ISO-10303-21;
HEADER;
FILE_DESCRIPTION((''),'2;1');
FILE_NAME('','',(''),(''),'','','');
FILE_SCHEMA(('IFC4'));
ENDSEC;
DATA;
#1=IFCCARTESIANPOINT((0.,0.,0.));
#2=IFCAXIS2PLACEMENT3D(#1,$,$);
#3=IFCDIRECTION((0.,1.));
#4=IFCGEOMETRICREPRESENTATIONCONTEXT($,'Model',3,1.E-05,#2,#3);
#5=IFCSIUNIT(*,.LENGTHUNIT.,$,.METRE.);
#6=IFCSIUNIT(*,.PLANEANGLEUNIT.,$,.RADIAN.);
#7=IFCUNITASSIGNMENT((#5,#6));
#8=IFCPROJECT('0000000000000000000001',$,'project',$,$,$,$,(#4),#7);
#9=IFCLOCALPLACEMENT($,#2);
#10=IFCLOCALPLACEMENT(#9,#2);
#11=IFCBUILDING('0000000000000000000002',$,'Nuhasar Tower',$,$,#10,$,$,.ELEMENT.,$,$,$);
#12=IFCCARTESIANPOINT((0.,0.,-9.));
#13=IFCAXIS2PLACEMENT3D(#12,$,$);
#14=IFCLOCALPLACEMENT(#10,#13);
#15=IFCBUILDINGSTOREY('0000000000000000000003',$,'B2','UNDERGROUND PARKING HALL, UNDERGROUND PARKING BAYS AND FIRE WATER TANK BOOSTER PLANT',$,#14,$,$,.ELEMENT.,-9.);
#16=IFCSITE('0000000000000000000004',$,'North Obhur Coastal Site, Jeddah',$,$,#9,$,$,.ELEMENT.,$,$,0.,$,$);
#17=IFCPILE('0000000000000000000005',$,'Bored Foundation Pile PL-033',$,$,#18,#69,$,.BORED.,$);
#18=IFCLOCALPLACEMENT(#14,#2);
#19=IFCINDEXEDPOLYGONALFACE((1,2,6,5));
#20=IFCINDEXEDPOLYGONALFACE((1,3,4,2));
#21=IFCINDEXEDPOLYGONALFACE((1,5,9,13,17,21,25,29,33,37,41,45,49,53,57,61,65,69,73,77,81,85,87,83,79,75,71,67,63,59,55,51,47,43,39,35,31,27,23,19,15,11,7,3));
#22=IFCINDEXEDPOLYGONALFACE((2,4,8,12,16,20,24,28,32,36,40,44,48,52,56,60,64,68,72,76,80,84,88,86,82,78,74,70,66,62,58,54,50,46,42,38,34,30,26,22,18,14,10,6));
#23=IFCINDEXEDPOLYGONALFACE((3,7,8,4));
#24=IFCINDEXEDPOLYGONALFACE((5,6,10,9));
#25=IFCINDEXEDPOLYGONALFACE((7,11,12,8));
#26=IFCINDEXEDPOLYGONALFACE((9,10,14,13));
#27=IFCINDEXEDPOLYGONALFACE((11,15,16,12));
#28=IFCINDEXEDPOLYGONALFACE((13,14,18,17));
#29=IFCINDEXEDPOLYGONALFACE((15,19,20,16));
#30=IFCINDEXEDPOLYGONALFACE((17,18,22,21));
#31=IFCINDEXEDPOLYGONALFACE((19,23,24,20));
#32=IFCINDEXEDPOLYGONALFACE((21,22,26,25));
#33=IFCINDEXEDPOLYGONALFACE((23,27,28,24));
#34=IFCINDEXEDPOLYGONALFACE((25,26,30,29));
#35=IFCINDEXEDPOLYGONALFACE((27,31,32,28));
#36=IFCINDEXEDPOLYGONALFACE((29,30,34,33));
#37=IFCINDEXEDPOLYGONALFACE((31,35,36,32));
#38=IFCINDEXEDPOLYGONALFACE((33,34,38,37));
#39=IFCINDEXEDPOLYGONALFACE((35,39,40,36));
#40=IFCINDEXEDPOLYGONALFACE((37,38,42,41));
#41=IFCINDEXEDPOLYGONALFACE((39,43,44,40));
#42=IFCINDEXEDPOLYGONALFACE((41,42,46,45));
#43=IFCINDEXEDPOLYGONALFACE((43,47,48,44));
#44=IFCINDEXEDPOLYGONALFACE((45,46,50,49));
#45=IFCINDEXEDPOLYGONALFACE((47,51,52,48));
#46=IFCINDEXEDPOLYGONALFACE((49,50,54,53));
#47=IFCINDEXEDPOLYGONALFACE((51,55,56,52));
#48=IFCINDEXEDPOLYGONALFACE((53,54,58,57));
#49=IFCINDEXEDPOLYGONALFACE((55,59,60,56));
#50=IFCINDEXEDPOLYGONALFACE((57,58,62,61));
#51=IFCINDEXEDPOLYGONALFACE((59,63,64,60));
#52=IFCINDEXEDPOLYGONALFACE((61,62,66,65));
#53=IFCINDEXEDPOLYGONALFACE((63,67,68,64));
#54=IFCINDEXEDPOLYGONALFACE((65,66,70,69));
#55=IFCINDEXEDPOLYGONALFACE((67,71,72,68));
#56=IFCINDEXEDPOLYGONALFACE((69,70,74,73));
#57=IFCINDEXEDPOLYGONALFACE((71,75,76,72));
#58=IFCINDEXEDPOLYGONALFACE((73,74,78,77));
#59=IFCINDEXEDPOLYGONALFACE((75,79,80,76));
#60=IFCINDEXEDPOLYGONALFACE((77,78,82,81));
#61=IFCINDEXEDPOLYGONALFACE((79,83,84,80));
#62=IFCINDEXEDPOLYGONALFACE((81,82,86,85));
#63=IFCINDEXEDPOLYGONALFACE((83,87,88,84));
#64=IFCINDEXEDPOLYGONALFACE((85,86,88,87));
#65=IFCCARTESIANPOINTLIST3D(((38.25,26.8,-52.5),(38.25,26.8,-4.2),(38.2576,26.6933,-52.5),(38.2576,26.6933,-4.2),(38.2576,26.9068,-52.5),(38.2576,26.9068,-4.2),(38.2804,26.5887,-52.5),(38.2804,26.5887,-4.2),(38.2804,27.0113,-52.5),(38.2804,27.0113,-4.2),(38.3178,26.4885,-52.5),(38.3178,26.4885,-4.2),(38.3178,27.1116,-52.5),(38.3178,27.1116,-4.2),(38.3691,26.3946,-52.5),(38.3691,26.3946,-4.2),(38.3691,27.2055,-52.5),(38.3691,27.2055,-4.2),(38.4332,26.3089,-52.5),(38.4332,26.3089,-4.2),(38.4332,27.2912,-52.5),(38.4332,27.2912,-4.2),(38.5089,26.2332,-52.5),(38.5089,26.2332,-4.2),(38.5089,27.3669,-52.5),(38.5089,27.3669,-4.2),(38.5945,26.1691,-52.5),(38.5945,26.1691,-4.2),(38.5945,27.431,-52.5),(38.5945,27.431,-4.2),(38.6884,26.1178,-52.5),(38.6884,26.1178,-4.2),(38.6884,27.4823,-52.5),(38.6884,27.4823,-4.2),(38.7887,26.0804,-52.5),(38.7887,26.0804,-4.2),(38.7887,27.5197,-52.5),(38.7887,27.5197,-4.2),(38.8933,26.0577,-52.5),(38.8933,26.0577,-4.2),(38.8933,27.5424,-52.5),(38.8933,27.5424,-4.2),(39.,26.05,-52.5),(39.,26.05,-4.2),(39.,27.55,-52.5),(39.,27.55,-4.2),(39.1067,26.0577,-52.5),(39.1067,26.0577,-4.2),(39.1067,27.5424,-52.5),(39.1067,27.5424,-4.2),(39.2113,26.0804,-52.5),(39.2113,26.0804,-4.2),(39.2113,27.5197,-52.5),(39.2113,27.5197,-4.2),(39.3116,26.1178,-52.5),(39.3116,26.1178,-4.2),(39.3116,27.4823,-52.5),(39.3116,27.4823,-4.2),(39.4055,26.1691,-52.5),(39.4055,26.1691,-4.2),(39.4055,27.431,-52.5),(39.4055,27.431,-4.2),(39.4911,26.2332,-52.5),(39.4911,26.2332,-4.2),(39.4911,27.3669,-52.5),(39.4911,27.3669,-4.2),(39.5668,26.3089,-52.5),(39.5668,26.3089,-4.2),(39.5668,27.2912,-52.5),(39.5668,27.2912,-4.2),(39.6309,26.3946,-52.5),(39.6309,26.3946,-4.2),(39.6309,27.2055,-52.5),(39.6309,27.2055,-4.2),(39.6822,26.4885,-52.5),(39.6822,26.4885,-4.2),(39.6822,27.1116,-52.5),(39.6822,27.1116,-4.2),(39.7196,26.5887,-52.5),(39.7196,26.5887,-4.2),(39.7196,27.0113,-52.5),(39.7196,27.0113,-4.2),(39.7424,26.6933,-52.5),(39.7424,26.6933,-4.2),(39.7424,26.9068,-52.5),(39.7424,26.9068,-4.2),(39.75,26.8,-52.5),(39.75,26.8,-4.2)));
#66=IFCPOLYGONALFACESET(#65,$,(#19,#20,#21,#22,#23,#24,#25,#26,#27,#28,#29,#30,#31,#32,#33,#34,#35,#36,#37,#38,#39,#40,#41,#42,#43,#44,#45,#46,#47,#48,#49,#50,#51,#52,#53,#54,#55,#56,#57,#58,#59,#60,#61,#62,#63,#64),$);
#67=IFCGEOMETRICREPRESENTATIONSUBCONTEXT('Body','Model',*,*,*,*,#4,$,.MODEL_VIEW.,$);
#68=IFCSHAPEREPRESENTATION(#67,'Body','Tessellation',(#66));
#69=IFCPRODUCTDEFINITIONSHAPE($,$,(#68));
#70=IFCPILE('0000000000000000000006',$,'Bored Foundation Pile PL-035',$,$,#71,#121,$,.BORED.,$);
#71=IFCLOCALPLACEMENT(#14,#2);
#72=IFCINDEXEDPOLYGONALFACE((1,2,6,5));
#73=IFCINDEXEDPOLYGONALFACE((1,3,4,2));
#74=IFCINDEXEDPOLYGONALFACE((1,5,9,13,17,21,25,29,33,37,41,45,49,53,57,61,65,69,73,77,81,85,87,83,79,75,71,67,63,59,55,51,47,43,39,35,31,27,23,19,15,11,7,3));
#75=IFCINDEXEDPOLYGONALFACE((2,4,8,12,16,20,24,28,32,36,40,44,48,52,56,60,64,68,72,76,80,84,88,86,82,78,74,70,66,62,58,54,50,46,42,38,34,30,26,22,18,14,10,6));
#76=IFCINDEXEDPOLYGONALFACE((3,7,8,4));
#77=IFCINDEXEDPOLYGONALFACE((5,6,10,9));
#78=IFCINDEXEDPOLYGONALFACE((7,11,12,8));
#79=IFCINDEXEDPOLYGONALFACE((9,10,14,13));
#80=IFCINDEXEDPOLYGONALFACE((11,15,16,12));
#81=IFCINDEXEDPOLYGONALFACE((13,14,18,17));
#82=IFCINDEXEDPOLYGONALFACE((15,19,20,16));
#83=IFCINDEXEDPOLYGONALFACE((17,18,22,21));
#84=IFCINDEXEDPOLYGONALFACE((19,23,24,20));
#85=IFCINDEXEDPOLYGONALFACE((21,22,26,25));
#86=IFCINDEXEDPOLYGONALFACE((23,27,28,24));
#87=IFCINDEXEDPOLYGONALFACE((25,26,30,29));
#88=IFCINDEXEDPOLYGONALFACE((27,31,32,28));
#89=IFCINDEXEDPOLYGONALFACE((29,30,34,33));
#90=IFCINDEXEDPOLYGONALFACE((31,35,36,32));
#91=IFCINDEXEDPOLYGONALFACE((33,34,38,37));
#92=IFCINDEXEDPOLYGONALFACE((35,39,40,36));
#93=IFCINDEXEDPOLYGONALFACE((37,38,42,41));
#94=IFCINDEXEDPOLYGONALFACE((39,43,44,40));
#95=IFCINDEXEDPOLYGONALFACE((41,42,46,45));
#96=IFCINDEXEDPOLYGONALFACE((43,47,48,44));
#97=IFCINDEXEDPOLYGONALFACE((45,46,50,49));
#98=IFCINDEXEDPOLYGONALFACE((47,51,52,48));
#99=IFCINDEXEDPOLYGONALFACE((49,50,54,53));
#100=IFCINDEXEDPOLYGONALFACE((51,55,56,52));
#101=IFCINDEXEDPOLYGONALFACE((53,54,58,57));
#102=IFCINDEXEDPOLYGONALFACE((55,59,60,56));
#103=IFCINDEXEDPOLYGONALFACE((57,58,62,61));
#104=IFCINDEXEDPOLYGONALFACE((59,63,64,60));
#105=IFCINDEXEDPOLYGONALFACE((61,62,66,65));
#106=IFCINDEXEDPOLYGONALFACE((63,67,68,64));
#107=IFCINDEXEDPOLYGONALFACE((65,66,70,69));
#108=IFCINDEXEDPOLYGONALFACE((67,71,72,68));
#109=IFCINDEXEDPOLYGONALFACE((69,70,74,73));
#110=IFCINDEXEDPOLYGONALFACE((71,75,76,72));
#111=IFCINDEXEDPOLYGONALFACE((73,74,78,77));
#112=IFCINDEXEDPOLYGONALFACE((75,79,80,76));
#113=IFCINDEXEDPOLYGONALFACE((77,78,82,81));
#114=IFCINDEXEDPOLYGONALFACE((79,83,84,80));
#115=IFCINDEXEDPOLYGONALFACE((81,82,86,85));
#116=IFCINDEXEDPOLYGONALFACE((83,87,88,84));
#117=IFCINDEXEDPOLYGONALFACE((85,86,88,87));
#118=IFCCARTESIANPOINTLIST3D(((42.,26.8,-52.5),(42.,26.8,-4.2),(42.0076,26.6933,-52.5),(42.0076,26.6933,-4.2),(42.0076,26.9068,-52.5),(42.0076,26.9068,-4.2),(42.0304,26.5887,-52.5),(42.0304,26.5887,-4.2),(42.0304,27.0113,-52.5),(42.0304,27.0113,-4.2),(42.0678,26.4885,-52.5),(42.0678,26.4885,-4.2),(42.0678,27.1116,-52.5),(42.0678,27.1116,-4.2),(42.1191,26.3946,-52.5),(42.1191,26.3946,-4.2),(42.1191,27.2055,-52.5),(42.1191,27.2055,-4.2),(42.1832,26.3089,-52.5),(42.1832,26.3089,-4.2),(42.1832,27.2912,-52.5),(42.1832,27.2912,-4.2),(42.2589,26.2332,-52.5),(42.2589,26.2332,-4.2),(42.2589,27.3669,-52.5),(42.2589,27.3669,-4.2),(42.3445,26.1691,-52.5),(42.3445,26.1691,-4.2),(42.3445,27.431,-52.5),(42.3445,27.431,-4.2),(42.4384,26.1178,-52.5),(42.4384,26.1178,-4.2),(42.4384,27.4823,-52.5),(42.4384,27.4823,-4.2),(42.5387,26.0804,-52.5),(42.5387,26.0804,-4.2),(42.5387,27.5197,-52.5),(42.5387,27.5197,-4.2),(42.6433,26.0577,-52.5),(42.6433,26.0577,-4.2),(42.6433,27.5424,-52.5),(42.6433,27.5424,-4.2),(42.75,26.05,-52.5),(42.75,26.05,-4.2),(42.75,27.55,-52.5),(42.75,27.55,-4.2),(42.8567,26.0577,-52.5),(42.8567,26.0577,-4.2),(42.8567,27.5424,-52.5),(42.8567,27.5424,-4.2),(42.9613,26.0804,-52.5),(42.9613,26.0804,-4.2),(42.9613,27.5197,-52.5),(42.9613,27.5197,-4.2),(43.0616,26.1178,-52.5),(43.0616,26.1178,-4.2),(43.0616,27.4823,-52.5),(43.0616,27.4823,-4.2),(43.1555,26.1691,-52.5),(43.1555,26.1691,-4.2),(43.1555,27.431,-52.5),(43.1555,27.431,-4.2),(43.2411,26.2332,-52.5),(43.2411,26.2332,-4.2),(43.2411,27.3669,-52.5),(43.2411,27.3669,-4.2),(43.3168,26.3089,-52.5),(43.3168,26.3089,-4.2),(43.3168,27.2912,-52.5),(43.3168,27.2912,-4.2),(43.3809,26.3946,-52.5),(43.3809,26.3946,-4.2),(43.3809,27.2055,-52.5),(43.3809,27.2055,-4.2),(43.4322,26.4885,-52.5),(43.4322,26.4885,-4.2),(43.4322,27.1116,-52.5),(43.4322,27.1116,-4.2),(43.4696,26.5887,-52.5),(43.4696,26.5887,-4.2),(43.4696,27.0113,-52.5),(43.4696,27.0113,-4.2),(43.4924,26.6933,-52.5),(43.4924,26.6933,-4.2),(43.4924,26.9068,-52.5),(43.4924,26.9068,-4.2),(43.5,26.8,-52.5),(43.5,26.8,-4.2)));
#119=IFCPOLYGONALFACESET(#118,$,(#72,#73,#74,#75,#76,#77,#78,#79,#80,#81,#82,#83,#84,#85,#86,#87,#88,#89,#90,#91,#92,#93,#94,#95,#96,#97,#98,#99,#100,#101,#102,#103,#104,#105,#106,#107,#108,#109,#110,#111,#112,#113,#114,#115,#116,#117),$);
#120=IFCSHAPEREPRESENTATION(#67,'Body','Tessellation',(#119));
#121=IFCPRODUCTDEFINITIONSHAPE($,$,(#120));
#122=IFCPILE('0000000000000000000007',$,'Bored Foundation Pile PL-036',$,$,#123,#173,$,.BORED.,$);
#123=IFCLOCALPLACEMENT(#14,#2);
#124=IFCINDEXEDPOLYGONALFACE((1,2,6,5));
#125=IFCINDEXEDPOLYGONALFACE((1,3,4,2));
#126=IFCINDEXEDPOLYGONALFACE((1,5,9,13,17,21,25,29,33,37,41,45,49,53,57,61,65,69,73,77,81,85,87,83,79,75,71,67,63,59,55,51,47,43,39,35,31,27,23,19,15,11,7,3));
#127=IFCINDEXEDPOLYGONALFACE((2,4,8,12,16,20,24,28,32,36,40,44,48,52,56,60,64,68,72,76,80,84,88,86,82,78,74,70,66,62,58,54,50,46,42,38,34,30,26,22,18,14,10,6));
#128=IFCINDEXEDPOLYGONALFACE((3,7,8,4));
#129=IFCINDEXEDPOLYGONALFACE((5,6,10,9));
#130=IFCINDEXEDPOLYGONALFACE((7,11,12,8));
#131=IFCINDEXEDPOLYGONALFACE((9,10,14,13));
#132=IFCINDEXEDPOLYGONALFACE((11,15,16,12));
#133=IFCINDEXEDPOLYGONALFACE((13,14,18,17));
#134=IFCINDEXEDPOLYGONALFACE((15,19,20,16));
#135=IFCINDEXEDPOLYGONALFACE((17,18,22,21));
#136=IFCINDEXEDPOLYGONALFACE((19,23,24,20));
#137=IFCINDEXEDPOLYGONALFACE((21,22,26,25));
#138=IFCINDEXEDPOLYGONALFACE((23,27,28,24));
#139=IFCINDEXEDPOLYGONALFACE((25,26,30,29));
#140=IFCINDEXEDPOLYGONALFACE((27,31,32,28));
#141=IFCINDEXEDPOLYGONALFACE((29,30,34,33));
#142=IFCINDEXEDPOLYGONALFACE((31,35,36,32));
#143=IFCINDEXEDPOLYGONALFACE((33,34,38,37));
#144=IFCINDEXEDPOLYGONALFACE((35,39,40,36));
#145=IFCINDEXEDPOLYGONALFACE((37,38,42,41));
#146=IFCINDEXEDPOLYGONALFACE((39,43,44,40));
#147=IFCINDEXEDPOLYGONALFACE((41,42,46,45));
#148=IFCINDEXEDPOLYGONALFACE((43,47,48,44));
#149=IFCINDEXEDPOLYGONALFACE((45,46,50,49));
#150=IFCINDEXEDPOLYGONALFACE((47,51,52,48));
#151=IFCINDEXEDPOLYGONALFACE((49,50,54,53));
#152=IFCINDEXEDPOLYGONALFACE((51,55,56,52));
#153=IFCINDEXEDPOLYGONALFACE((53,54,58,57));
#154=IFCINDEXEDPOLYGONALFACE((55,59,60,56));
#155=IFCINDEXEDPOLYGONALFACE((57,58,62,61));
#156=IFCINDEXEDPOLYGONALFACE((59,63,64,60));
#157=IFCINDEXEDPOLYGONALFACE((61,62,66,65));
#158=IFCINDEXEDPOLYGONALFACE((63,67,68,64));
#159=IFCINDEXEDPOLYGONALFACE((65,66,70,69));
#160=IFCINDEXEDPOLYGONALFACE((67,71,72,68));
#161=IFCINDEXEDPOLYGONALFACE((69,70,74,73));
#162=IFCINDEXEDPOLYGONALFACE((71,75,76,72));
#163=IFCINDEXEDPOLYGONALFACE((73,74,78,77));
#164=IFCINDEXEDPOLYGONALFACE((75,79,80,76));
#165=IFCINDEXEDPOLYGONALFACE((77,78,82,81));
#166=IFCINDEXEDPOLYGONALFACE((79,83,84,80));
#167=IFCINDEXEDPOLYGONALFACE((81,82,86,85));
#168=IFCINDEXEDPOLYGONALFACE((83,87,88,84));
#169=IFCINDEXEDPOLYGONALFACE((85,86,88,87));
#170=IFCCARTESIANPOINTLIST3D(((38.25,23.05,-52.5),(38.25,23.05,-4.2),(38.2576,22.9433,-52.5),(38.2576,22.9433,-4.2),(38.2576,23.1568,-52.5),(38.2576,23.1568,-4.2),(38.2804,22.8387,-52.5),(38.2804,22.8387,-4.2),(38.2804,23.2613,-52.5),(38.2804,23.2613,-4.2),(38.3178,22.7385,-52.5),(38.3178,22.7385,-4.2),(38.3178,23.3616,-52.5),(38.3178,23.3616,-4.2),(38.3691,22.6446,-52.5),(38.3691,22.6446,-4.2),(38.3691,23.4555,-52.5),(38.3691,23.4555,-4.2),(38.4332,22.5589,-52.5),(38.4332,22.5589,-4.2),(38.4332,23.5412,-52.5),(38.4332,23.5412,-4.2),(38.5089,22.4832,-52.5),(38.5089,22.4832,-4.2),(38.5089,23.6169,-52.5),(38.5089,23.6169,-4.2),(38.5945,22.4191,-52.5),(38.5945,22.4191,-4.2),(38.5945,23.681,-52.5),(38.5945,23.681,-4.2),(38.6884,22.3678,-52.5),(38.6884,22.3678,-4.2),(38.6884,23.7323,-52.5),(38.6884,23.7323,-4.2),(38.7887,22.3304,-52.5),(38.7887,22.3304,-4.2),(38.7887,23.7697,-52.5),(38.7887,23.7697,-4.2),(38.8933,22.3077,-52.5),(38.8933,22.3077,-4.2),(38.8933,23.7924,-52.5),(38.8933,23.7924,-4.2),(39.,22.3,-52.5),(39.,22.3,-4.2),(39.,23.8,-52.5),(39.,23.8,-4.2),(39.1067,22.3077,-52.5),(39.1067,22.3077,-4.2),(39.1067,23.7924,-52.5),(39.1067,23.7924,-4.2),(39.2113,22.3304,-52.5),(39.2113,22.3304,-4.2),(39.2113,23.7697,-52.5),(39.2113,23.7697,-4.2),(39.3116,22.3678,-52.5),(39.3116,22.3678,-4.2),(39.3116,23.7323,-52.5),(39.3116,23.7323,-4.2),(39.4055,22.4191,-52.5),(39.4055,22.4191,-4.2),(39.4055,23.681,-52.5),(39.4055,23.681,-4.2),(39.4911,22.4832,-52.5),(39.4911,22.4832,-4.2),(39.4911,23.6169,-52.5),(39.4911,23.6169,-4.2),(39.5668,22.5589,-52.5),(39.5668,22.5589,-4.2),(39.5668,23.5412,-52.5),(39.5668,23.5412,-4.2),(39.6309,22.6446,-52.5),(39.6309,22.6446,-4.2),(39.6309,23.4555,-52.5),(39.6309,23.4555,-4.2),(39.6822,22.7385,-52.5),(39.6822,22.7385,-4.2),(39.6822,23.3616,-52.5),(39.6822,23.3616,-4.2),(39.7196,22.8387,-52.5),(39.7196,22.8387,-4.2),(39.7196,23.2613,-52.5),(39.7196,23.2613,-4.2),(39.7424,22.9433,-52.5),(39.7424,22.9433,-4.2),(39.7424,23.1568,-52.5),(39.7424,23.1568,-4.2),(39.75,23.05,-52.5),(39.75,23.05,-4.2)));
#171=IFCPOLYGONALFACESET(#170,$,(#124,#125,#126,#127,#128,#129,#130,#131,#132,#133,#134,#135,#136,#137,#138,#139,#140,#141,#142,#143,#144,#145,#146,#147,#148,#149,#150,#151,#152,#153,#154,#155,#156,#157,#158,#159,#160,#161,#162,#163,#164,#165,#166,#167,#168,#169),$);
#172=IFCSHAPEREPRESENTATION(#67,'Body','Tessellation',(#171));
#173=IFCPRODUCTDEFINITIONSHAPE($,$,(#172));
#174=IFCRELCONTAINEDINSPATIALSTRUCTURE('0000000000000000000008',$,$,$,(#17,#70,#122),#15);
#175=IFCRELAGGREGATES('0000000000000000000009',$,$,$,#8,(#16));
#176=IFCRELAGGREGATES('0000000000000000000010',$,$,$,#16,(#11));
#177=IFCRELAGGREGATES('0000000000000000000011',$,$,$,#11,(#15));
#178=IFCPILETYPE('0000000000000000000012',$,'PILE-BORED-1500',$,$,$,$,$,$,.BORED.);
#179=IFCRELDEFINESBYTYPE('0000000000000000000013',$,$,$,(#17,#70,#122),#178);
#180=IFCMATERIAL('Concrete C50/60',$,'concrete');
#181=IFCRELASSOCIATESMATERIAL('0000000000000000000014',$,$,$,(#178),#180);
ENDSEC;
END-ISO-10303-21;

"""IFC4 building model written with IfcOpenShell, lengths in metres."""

from ifc_helpers import new_model, si_unit, direction, frame, origin, origin_2d, place, context, subcontext, project, spatial, circle, extrude, material, material_profile, profile_set, type_object, element, save


model = new_model("IFC4")

# Units and contexts
model_context = context("Model", 3, precision=1e-05, world=origin(), true_north=direction((0.0, 1.0)))
body_context = subcontext(model_context, "Body", "Model", "MODEL_VIEW")
ifc_project = project(units=[si_unit("LENGTHUNIT", "METRE"), si_unit("PLANEANGLEUNIT", "RADIAN")], contexts=[model_context])

# Site, building, storey
site_placement = place(None, origin())
site = spatial("IfcSite", under=ifc_project, at=site_placement, Name="North Obhur Coastal Site, Jeddah", CompositionType="ELEMENT", RefElevation=0.0)
building_placement = place(site_placement, origin())
building = spatial("IfcBuilding", under=site, at=building_placement, Name="Nuhasar Tower", CompositionType="ELEMENT")
storey_placement = place(building_placement, frame((0.0, 0.0, -9.0)))
storey = spatial("IfcBuildingStorey", under=building, at=storey_placement, Name="B2", Description="UNDERGROUND PARKING HALL, UNDERGROUND PARKING BAYS AND FIRE WATER TANK BOOSTER PLANT", CompositionType="ELEMENT", Elevation=-9.0)

# Piles
ifc_material_1 = material(Name="Concrete C50/60", Category="concrete")
ifc_material_profile_1 = material_profile(ifc_material_1, circle(Radius=0.75, at=origin_2d()), Name="PILE1500")
ifc_profile_set_1 = profile_set([ifc_material_profile_1], Name="Concrete C50/60")
pile_type = type_object("IfcPileType", Name="PILE-BORED-1500", PredefinedType="BORED", material=ifc_profile_set_1)
for number, where, z_axis, x_axis, name in (
    (1, (39.0, 26.8, -4.2), (0.0, 0.0, -1.0), (1.0, 0.0, 0.0), "Bored Foundation Pile PL-033"),
    (2, (42.75, 26.8, -4.2), (0.0, 0.0, -1.0), (1.0, 0.0, 0.0), "Bored Foundation Pile PL-035"),
    (3, (39.0, 23.05, -4.2), (0.0, 0.0, -1.0), (1.0, 0.0, 0.0), "Bored Foundation Pile PL-036"),
):
    element("IfcPile", number, at=place(storey_placement, frame(where, z_axis=z_axis, x_axis=x_axis)), inside=storey, type_object=pile_type, Name=name, PredefinedType="BORED", context=body_context, shape_type="SweptSolid", body=[
        extrude(circle(Radius=0.75, at=origin_2d()), origin(), (0.0, 0.0, 1.0), 48.3),
    ])

save(model, "model.ifc")
